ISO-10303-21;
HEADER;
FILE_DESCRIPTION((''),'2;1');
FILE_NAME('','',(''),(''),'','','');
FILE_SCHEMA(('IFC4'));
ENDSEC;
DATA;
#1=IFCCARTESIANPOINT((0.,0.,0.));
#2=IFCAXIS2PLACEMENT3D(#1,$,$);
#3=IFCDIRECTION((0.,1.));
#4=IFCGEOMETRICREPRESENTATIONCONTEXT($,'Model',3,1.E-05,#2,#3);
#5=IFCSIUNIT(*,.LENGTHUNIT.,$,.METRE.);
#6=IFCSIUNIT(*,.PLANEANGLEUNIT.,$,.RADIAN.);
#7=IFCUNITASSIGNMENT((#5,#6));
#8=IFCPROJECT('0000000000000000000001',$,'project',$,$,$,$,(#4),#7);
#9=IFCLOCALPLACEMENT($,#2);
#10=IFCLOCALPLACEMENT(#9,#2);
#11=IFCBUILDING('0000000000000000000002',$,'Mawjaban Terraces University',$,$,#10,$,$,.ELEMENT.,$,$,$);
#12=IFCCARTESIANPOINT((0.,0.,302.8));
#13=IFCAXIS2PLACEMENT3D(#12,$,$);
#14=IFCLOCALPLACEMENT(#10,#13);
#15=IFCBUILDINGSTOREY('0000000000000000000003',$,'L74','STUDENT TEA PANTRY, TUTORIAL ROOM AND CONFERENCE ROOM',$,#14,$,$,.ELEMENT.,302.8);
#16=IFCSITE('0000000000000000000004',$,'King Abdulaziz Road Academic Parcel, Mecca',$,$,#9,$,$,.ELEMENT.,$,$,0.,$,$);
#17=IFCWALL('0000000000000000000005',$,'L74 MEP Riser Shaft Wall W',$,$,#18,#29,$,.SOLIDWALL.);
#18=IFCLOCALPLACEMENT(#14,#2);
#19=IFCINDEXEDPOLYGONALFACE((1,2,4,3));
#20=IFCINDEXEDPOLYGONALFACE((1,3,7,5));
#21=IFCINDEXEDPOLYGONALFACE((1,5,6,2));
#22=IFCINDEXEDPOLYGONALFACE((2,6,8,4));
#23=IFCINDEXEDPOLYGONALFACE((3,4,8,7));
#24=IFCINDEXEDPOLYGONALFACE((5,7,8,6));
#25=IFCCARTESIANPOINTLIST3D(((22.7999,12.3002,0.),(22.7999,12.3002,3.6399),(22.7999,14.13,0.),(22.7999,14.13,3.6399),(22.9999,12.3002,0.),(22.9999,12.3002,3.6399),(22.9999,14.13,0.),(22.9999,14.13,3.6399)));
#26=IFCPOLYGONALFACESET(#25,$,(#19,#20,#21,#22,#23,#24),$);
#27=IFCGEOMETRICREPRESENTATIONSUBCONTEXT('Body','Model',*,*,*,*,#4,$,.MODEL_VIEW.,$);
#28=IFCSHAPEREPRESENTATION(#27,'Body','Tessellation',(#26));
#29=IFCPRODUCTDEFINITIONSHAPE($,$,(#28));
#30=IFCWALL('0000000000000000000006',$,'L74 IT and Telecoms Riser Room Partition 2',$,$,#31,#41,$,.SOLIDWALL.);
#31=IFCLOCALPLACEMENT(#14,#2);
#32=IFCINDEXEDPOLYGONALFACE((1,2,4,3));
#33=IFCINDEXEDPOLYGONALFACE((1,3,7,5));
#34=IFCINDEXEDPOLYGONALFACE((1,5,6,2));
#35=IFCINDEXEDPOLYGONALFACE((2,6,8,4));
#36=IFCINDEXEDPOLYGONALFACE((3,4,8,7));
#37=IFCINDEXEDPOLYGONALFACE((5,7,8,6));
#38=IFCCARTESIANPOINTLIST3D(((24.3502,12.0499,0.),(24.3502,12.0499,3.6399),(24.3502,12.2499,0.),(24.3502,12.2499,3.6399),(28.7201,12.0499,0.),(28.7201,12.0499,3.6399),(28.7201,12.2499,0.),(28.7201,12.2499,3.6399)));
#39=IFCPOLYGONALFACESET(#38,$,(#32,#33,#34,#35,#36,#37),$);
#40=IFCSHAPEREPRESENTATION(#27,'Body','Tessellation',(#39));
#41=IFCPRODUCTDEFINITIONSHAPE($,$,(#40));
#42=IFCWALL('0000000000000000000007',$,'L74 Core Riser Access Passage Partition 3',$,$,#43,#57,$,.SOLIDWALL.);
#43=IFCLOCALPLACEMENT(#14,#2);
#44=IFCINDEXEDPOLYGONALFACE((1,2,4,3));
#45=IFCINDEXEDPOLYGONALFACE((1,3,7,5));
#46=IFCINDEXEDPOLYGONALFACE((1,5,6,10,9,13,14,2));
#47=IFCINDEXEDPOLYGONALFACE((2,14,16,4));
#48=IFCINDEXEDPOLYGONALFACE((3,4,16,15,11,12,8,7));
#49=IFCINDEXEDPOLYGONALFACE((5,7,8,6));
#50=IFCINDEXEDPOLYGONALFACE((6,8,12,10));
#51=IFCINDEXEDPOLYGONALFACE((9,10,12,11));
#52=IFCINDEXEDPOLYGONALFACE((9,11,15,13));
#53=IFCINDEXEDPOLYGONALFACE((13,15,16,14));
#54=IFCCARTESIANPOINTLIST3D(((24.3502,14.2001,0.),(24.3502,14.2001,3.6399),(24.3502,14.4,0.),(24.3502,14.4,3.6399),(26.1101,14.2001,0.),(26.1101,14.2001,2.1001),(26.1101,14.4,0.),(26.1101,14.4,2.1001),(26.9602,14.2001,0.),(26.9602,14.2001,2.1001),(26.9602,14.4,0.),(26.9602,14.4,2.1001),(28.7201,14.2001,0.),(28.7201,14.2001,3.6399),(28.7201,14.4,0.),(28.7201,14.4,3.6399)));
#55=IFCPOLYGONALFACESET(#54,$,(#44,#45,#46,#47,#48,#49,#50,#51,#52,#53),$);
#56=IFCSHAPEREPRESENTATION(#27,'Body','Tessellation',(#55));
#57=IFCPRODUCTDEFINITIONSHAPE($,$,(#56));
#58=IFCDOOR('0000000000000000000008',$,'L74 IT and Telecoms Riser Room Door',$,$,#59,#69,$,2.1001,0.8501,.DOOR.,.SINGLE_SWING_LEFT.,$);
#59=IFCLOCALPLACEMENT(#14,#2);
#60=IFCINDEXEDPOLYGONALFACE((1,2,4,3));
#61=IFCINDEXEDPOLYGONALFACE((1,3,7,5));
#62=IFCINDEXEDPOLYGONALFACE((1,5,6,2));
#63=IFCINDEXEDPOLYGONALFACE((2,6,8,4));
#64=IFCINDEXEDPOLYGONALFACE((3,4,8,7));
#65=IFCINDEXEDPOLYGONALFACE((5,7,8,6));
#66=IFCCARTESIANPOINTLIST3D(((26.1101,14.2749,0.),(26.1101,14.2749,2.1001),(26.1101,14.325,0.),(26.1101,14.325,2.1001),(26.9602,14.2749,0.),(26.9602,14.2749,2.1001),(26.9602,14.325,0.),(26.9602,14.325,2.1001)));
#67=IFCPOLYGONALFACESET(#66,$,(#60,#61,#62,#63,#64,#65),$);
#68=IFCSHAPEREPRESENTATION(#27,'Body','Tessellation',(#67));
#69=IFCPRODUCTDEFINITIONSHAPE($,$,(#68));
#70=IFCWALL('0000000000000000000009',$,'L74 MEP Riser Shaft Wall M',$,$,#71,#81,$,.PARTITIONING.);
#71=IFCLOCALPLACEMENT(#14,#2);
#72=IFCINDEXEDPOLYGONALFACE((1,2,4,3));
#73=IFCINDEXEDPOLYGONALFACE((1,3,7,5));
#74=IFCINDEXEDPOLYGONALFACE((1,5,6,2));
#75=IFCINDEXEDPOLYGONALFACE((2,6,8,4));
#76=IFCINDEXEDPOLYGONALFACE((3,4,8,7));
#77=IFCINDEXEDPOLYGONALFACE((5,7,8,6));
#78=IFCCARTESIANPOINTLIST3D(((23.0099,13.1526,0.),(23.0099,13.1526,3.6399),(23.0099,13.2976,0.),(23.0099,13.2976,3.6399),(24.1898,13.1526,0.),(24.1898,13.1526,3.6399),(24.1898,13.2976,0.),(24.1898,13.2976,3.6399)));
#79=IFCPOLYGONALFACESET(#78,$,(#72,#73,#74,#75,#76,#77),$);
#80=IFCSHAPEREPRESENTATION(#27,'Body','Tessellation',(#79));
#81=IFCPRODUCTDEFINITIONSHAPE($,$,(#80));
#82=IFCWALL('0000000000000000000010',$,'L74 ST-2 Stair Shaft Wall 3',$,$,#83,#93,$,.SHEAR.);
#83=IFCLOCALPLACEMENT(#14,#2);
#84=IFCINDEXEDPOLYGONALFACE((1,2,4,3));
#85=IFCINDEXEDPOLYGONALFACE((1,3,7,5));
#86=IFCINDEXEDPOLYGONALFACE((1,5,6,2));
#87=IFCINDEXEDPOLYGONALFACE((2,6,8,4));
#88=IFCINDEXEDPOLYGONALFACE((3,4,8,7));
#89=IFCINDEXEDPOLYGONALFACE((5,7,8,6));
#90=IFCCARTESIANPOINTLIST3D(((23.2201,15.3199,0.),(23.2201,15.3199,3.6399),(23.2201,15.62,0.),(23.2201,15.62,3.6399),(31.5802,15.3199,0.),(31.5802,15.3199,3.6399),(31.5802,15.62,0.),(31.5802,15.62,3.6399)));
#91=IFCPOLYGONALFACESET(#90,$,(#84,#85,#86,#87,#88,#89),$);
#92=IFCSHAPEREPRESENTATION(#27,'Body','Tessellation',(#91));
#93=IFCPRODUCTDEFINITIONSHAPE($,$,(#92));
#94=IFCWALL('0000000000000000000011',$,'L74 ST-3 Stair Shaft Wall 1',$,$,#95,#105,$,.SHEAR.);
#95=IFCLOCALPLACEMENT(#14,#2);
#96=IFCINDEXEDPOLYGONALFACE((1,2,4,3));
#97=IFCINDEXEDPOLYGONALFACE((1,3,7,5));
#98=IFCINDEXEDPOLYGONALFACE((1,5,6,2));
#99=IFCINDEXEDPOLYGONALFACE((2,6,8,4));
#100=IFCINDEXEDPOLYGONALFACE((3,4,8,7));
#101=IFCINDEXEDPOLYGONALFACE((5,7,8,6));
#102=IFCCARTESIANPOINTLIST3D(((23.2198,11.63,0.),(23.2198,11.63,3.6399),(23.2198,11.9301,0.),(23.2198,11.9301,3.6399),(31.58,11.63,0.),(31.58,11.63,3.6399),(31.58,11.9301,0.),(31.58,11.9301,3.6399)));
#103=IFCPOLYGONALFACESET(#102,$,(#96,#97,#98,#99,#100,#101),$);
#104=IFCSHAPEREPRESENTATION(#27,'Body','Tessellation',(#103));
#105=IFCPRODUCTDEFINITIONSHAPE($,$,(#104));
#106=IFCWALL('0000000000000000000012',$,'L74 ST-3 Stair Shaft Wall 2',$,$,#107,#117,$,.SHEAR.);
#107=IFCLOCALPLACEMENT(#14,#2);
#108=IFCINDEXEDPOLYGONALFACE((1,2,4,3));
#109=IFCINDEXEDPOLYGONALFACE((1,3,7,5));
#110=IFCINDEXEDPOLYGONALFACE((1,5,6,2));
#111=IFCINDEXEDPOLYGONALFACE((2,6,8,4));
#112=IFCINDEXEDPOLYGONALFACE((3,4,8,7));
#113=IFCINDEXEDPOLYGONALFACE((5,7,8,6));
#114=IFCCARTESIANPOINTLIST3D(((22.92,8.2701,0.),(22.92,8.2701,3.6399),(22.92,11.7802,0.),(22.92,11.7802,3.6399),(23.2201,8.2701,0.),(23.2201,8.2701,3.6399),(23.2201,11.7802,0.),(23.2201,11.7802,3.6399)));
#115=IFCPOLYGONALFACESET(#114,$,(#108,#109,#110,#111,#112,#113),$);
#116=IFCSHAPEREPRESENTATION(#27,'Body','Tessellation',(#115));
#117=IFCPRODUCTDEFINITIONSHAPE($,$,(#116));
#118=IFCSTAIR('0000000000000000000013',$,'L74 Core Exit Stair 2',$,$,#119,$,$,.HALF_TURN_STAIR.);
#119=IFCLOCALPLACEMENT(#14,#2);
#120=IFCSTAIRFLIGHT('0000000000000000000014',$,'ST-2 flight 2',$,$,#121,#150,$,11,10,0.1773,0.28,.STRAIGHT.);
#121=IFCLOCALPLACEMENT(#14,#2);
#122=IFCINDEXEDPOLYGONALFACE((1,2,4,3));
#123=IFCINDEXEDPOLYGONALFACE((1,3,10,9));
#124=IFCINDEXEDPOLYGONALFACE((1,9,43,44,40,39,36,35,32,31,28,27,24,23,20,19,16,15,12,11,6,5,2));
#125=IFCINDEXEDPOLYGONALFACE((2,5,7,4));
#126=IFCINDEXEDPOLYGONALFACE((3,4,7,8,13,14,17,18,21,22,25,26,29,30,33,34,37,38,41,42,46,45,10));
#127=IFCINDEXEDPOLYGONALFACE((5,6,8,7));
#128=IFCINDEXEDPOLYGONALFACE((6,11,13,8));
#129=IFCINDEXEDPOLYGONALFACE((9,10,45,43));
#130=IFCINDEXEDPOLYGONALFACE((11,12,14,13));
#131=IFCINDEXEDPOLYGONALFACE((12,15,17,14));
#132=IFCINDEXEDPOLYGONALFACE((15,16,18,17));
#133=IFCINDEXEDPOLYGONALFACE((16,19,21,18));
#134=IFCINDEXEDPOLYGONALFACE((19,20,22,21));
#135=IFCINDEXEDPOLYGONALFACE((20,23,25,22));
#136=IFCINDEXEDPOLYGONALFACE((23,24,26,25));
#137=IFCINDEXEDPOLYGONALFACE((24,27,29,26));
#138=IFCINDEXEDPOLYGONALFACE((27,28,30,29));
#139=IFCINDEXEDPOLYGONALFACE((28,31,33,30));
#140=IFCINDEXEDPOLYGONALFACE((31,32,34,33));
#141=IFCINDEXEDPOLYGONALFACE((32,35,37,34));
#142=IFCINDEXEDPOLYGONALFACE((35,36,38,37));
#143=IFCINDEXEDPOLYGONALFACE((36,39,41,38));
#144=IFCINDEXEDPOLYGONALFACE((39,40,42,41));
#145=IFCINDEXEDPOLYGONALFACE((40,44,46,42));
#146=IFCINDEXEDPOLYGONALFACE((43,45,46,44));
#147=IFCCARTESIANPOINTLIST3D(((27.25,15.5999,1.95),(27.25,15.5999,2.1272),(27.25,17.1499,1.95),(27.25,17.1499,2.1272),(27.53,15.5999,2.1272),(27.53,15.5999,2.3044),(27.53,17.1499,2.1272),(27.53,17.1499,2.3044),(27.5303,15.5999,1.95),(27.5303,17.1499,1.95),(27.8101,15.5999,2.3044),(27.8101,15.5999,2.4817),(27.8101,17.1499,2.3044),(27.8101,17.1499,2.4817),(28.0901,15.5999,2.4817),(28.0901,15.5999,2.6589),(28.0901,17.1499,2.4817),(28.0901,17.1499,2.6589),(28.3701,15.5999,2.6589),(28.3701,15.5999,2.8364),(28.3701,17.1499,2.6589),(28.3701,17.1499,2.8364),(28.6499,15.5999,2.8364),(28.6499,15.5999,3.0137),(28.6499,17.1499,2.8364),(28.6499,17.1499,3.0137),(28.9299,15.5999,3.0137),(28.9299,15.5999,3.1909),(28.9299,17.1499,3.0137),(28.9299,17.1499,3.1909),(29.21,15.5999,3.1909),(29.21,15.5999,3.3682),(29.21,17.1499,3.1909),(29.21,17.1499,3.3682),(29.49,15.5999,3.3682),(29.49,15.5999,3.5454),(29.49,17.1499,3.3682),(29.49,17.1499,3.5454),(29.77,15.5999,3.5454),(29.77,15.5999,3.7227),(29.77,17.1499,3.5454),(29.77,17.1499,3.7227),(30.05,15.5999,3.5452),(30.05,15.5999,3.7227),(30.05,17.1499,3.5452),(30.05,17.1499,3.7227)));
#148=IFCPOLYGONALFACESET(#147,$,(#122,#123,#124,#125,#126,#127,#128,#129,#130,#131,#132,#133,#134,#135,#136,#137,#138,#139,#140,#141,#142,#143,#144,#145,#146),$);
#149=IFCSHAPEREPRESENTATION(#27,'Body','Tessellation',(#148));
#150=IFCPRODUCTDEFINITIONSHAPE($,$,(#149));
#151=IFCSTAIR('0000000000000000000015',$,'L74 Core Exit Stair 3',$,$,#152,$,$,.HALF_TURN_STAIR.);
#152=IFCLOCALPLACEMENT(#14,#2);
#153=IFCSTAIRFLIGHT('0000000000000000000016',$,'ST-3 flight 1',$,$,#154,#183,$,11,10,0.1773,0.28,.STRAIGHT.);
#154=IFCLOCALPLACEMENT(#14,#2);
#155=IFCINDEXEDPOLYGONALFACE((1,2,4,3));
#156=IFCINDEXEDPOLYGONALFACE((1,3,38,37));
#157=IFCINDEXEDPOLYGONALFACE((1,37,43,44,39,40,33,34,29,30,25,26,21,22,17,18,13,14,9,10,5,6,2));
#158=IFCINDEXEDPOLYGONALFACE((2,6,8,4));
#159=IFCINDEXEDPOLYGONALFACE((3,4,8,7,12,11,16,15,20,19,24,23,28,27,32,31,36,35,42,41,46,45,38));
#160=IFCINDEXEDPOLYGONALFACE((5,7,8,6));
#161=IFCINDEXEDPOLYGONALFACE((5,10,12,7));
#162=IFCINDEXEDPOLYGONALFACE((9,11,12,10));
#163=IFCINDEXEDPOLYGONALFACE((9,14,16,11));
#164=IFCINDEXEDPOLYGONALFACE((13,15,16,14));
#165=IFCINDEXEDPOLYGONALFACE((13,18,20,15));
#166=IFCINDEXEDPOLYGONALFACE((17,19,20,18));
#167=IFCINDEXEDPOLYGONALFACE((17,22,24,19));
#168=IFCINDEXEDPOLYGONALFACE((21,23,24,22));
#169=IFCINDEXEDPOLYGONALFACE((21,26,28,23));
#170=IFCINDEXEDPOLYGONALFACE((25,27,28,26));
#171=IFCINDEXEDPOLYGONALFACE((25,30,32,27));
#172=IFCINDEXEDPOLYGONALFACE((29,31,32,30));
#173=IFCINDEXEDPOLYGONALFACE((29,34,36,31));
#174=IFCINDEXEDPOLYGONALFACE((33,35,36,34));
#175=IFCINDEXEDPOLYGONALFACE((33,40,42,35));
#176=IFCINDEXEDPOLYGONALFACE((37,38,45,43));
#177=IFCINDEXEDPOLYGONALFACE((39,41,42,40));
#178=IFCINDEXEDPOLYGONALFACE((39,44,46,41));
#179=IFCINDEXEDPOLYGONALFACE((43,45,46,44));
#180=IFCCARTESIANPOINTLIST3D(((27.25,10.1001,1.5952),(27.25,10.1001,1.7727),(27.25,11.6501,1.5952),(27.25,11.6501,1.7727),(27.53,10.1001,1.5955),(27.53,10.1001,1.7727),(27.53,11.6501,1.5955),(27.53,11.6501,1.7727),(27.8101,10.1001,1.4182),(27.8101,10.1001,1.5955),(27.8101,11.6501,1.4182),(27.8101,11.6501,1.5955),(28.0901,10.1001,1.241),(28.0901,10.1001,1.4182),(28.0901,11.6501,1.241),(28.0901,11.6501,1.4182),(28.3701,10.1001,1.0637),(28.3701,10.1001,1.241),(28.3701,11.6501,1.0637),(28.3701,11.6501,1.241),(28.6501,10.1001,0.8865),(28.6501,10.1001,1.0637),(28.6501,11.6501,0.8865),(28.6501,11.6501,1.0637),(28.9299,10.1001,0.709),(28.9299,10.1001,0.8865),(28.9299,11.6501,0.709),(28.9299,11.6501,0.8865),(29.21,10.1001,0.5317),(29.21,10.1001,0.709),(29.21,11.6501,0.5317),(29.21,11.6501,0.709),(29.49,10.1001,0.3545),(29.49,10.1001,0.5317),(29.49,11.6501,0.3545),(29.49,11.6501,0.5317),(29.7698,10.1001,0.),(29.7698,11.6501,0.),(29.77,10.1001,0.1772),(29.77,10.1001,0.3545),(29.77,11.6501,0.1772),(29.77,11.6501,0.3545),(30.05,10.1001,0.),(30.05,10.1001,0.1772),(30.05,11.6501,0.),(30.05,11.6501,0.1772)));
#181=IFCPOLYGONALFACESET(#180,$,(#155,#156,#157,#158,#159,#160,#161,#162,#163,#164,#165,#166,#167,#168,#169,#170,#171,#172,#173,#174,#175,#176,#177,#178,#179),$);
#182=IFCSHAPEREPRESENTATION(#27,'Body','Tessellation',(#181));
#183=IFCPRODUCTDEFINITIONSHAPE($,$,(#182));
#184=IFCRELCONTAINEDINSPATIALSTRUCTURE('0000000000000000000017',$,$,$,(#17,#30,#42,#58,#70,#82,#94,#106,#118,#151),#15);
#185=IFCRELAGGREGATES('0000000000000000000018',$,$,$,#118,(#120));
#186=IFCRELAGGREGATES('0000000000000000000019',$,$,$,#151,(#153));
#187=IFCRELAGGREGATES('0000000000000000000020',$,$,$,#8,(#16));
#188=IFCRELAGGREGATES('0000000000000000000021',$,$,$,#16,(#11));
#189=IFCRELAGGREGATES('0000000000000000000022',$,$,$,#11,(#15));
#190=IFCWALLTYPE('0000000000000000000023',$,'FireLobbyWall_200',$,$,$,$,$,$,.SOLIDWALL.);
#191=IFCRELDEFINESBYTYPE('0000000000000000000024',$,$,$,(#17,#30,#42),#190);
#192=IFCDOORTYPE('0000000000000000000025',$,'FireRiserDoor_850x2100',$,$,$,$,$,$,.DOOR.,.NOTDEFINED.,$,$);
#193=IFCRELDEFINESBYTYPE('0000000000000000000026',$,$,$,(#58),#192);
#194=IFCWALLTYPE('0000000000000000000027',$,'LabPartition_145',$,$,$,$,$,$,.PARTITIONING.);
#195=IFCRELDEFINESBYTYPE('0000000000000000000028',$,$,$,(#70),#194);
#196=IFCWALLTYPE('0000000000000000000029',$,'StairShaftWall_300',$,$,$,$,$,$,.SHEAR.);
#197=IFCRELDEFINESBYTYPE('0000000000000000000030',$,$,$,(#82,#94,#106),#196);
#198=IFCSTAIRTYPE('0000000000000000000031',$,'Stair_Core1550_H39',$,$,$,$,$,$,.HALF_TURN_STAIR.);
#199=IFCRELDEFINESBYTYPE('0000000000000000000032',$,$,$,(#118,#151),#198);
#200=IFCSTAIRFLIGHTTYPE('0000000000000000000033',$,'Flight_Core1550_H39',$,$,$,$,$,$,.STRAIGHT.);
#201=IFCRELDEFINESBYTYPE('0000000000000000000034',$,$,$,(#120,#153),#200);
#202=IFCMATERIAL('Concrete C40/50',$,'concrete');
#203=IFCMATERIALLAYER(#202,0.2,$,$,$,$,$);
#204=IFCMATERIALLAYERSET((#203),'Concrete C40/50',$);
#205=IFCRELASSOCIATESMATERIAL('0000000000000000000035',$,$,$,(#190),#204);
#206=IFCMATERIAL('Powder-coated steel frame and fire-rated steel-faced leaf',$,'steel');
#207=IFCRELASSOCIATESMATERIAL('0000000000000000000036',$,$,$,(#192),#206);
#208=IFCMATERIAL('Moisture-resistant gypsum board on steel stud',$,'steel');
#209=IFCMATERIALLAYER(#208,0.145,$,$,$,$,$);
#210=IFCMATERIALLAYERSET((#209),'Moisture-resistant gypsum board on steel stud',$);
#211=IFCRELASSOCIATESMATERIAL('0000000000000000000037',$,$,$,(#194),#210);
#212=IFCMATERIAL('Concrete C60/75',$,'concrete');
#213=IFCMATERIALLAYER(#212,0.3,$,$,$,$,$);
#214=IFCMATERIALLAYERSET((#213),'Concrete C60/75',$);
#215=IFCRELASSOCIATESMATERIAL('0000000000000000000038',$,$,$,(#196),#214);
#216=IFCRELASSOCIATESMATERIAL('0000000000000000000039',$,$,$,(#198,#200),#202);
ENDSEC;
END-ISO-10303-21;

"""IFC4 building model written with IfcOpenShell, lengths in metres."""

from ifc_helpers import new_model, si_unit, direction, frame, frame_2d, origin, place, context, subcontext, project, spatial, polyline, rectangle, outline, extrude, material, layer, layer_set, type_object, element, fill, aggregate, save


model = new_model("IFC4")

# Units and contexts
model_context = context("Model", 3, precision=1e-05, world=origin(), true_north=direction((0.0, 1.0)))
body_context = subcontext(model_context, "Body", "Model", "MODEL_VIEW")
ifc_project = project(units=[si_unit("LENGTHUNIT", "METRE"), si_unit("PLANEANGLEUNIT", "RADIAN")], contexts=[model_context])

# Site, building, storey
site_placement = place(None, origin())
site = spatial("IfcSite", under=ifc_project, at=site_placement, Name="King Abdulaziz Road Academic Parcel, Mecca", CompositionType="ELEMENT", RefElevation=0.0)
building_placement = place(site_placement, origin())
building = spatial("IfcBuilding", under=site, at=building_placement, Name="Mawjaban Terraces University", CompositionType="ELEMENT")
storey_placement = place(building_placement, frame((0.0, 0.0, 302.8)))
storey = spatial("IfcBuildingStorey", under=building, at=storey_placement, Name="L74", Description="STUDENT TEA PANTRY, TUTORIAL ROOM AND CONFERENCE ROOM", CompositionType="ELEMENT", Elevation=302.8)

# Shared definitions
ifc_material_1 = material(Name="Concrete C40/50", Category="concrete")
ifc_layer_1 = layer(ifc_material_1, 0.2)
ifc_layer_set_1 = layer_set([ifc_layer_1], Name="Concrete C40/50")
wall_type_1 = type_object("IfcWallType", Name="FireLobbyWall_200", PredefinedType="SOLIDWALL", material=ifc_layer_set_1)
ifc_material_2 = material(Name="Powder-coated steel frame and fire-rated steel-faced leaf", Category="steel")

# Walls
for number, where, z_axis, x_axis, name in (
    (1, (22.8999, 12.3, 0.0), (0.0, 0.0, 1.0), (0.0, 1.0, 0.0), "L74 MEP Riser Shaft Wall W"),
):
    element("IfcWall", number, at=place(storey_placement, frame(where, z_axis=z_axis, x_axis=x_axis)), inside=storey, type_object=wall_type_1, Name=name, PredefinedType="SOLIDWALL", context=body_context, shape_type="SweptSolid", body=[
        extrude(rectangle(XDim=1.8298, YDim=0.2, at=frame_2d((0.915, 0.0))), origin(), (0.0, 0.0, 1.0), 3.6399),
    ])
wall_1_placement = place(storey_placement, frame((24.3501, 12.1499, 0.0), z_axis=(0.0, 0.0, 1.0), x_axis=(1.0, 0.0, 0.0)))
element("IfcWall", 2, at=wall_1_placement, inside=storey, type_object=wall_type_1, Name="L74 IT and Telecoms Riser Room Partition 2", PredefinedType="SOLIDWALL", context=body_context, shape_type="SweptSolid", body=[
    extrude(rectangle(XDim=4.3699, YDim=0.2, at=frame_2d((2.1851, 0.0))), origin(), (0.0, 0.0, 1.0), 3.6399),
])

# Wall, opening, door
wall_2_placement = place(storey_placement, frame((24.3501, 14.3, 0.0), z_axis=(0.0, 0.0, 1.0), x_axis=(1.0, 0.0, 0.0)))
wall_2 = element("IfcWall", 3, at=wall_2_placement, inside=storey, type_object=wall_type_1, Name="L74 Core Riser Access Passage Partition 3", PredefinedType="SOLIDWALL", context=body_context, shape_type="SweptSolid", body=[
    extrude(rectangle(XDim=4.3699, YDim=0.2, at=frame_2d((2.1851, 0.0))), origin(), (0.0, 0.0, 1.0), 3.6399),
])
opening_1_placement = place(wall_2_placement, frame((1.76, 0.0, 0.0)))
opening_1 = element("IfcOpeningElement", 4, at=opening_1_placement, cuts=wall_2, PredefinedType="OPENING", context=body_context, shape_type="SweptSolid", body=[
    extrude(rectangle(XDim=0.8501, YDim=2.1001, at=frame_2d((0.425, 1.05))), frame((0.0, 0.1099, 0.0), z_axis=(0.0, -1.0, 0.0), x_axis=(1.0, 0.0, 0.0)), (0.0, 0.0, 1.0), 0.22),
])
door_type_1 = type_object("IfcDoorType", Name="FireRiserDoor_850x2100", OperationType="NOTDEFINED", PredefinedType="DOOR", material=ifc_material_2)
door_1_placement = place(opening_1_placement, origin())
door_1 = element("IfcDoor", 5, at=door_1_placement, inside=storey, type_object=door_type_1, Name="L74 IT and Telecoms Riser Room Door", OperationType="SINGLE_SWING_LEFT", OverallHeight=2.1001, OverallWidth=0.8501, PredefinedType="DOOR", context=body_context, shape_type="SweptSolid", body=[
    extrude(rectangle(XDim=0.8501, YDim=2.1001, at=frame_2d((0.425, 1.05))), frame((0.0, 0.0249, 0.0), z_axis=(0.0, -1.0, 0.0), x_axis=(1.0, 0.0, 0.0)), (0.0, 0.0, 1.0), 0.05),
])
fill(opening_1, door_1)

# Walls
ifc_material_3 = material(Name="Moisture-resistant gypsum board on steel stud", Category="steel")
ifc_layer_2 = layer(ifc_material_3, 0.145)
ifc_layer_set_2 = layer_set([ifc_layer_2], Name="Moisture-resistant gypsum board on steel stud")
wall_type_2 = type_object("IfcWallType", Name="LabPartition_145", PredefinedType="PARTITIONING", material=ifc_layer_set_2)
wall_3_placement = place(storey_placement, frame((23.01, 13.2251, 0.0), z_axis=(0.0, 0.0, 1.0), x_axis=(1.0, 0.0, 0.0)))
element("IfcWall", 6, at=wall_3_placement, inside=storey, type_object=wall_type_2, Name="L74 MEP Riser Shaft Wall M", PredefinedType="PARTITIONING", context=body_context, shape_type="SweptSolid", body=[
    extrude(rectangle(XDim=1.1799, YDim=0.145, at=frame_2d((0.5898, 0.0))), origin(), (0.0, 0.0, 1.0), 3.6399),
])
ifc_material_4 = material(Name="Concrete C60/75", Category="concrete")
ifc_layer_3 = layer(ifc_material_4, 0.3)
ifc_layer_set_3 = layer_set([ifc_layer_3], Name="Concrete C60/75")
wall_type_3 = type_object("IfcWallType", Name="StairShaftWall_300", PredefinedType="SHEAR", material=ifc_layer_set_3)
wall_4_placement = place(storey_placement, frame((23.22, 15.47, 0.0), z_axis=(0.0, 0.0, 1.0), x_axis=(1.0, 0.0, 0.0)))
element("IfcWall", 7, at=wall_4_placement, inside=storey, type_object=wall_type_3, Name="L74 ST-2 Stair Shaft Wall 3", PredefinedType="SHEAR", context=body_context, shape_type="SweptSolid", body=[
    extrude(rectangle(XDim=8.3601, YDim=0.3, at=frame_2d((4.1802, 0.0))), origin(), (0.0, 0.0, 1.0), 3.6399),
])

# Walls
wall_5_placement = place(storey_placement, frame((31.5801, 11.78, 0.0), z_axis=(0.0, 0.0, 1.0), x_axis=(-1.0, 0.0, 0.0)))
element("IfcWall", 8, at=wall_5_placement, inside=storey, type_object=wall_type_3, Name="L74 ST-3 Stair Shaft Wall 1", PredefinedType="SHEAR", context=body_context, shape_type="SweptSolid", body=[
    extrude(rectangle(XDim=8.3601, YDim=0.3, at=frame_2d((4.1802, 0.0))), origin(), (0.0, 0.0, 1.0), 3.6399),
])
wall_6_placement = place(storey_placement, frame((23.0701, 11.78, 0.0), z_axis=(0.0, 0.0, 1.0), x_axis=(0.0, -1.0, 0.0)))
element("IfcWall", 9, at=wall_6_placement, inside=storey, type_object=wall_type_3, Name="L74 ST-3 Stair Shaft Wall 2", PredefinedType="SHEAR", context=body_context, shape_type="SweptSolid", body=[
    extrude(rectangle(XDim=3.51, YDim=0.3, at=frame_2d((1.7549, 0.0))), origin(), (0.0, 0.0, 1.0), 3.6399),
])

# Stair, stair flight
stair_type = type_object("IfcStairType", Name="Stair_Core1550_H39", PredefinedType="HALF_TURN_STAIR", material=ifc_material_1)
stair_1_placement = place(storey_placement, origin())
stair_1 = element("IfcStair", 10, at=stair_1_placement, inside=storey, type_object=stair_type, Name="L74 Core Exit Stair 2", PredefinedType="HALF_TURN_STAIR")
stair_flight_type = type_object("IfcStairFlightType", Name="Flight_Core1550_H39", PredefinedType="STRAIGHT", material=ifc_material_1)
stair_flight_1_placement = place(storey_placement, frame((27.25, 16.375, 1.95), z_axis=(0.0, 0.0, 1.0), x_axis=(1.0, 0.0, 0.0)))
stair_flight_1 = element("IfcStairFlight", 11, at=stair_flight_1_placement, type_object=stair_flight_type, Name="ST-2 flight 2", NumberOfRisers=11, NumberOfTreads=10, PredefinedType="STRAIGHT", RiserHeight=0.1773, TreadLength=0.28, context=body_context, shape_type="SweptSolid", body=[
    extrude(outline(polyline([(0.0, 0.0), (0.0, 0.1772), (0.28, 0.1772), (0.28, 0.3545), (0.5601, 0.3545), (0.5601, 0.5317), (0.8401, 0.5317), (0.8401, 0.709), (1.1201, 0.709), (1.1201, 0.8865), (1.3999, 0.8865), (1.3999, 1.0637), (1.6799, 1.0637), (1.6799, 1.241), (1.96, 1.241), (1.96, 1.4182), (2.24, 1.4182), (2.24, 1.5955), (2.52, 1.5955), (2.52, 1.7727), (2.8, 1.7727), (2.8, 1.95), (2.8, 1.5952), (0.2803, 0.0), (0.0, 0.0)])), frame((0.0, 0.7749, 0.0), z_axis=(0.0, -1.0, 0.0), x_axis=(1.0, 0.0, 0.0)), (0.0, 0.0, 1.0), 1.55),
])
aggregate(stair_1, [stair_flight_1])

# Stair, stair flight
stair_2_placement = place(storey_placement, origin())
stair_2 = element("IfcStair", 12, at=stair_2_placement, inside=storey, type_object=stair_type, Name="L74 Core Exit Stair 3", PredefinedType="HALF_TURN_STAIR")
stair_flight_2_placement = place(storey_placement, frame((30.05, 10.875, 0.0), z_axis=(0.0, 0.0, 1.0), x_axis=(-1.0, 0.0, 0.0)))
stair_flight_2 = element("IfcStairFlight", 13, at=stair_flight_2_placement, type_object=stair_flight_type, Name="ST-3 flight 1", NumberOfRisers=11, NumberOfTreads=10, PredefinedType="STRAIGHT", RiserHeight=0.1773, TreadLength=0.28, context=body_context, shape_type="SweptSolid", body=[
    extrude(outline(polyline([(0.0, 0.0), (0.0, 0.1772), (0.28, 0.1772), (0.28, 0.3545), (0.5601, 0.3545), (0.5601, 0.5317), (0.8401, 0.5317), (0.8401, 0.709), (1.1201, 0.709), (1.1201, 0.8865), (1.3999, 0.8865), (1.3999, 1.0637), (1.6799, 1.0637), (1.6799, 1.241), (1.96, 1.241), (1.96, 1.4182), (2.24, 1.4182), (2.24, 1.5955), (2.52, 1.5955), (2.52, 1.7727), (2.8, 1.7727), (2.8, 1.95), (2.8, 1.5952), (0.2803, 0.0), (0.0, 0.0)])), frame((0.0, 0.7749, 0.0), z_axis=(0.0, -1.0, 0.0), x_axis=(1.0, 0.0, 0.0)), (0.0, 0.0, 1.0), 1.55),
])
aggregate(stair_2, [stair_flight_2])

save(model, "model.ifc")
